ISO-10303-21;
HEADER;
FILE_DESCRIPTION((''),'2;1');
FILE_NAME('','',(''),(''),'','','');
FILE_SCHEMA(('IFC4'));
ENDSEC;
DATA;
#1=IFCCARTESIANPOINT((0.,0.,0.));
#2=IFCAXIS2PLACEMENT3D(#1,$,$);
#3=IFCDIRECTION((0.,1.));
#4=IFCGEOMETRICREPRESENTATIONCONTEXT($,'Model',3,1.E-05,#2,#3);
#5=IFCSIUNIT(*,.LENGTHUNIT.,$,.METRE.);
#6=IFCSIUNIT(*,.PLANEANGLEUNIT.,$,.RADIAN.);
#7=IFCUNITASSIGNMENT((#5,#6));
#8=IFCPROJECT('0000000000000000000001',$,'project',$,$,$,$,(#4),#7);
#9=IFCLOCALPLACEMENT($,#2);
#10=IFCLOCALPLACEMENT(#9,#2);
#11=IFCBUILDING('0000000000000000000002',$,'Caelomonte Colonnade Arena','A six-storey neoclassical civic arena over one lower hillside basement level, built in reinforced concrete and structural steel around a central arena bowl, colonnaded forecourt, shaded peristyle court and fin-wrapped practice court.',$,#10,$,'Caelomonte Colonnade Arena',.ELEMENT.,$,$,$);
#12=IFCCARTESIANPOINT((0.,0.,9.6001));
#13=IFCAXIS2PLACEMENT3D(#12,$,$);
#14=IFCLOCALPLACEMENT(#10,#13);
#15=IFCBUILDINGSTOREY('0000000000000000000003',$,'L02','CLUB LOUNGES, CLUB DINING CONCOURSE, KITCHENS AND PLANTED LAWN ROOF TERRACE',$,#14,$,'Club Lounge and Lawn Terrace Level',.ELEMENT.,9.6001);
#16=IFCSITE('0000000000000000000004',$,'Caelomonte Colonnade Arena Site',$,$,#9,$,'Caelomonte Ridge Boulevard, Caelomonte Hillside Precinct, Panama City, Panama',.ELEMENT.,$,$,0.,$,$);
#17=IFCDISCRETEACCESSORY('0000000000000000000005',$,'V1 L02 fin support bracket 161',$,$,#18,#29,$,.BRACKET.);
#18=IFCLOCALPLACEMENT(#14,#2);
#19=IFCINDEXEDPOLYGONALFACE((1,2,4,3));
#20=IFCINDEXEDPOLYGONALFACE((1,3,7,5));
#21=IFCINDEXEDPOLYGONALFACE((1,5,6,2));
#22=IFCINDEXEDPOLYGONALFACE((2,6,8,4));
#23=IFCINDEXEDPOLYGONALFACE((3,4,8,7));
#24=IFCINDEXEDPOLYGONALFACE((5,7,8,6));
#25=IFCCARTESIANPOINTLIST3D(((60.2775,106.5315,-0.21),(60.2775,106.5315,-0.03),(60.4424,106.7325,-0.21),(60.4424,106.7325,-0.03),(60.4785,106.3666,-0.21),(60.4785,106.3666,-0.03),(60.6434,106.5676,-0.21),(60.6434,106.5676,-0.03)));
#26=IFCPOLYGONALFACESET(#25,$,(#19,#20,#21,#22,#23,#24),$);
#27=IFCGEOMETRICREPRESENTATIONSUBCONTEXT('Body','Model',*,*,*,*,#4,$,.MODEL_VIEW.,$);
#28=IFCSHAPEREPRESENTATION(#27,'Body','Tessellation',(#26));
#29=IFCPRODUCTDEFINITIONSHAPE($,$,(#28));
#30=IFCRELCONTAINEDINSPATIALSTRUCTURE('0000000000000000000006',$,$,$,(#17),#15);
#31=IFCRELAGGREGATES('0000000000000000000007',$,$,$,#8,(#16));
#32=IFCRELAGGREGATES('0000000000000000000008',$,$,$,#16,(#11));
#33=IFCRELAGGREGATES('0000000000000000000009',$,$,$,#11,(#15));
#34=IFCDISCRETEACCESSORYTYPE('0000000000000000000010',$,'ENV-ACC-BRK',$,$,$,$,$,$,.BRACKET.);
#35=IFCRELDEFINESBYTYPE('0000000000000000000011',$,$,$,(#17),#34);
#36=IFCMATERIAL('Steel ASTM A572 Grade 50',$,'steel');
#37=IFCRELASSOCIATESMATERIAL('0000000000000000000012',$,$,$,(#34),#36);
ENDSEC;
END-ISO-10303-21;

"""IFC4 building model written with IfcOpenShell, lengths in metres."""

from ifc_helpers import new_model, si_unit, direction, frame, origin, origin_2d, place, context, subcontext, project, spatial, rectangle, extrude, material, type_object, element, save


model = new_model("IFC4")

# Units and contexts
model_context = context("Model", 3, precision=1e-05, world=origin(), true_north=direction((0.0, 1.0)))
body_context = subcontext(model_context, "Body", "Model", "MODEL_VIEW")
ifc_project = project(units=[si_unit("LENGTHUNIT", "METRE"), si_unit("PLANEANGLEUNIT", "RADIAN")], contexts=[model_context])

# Site, building, storey
site_placement = place(None, origin())
site = spatial("IfcSite", under=ifc_project, at=site_placement, Name="Caelomonte Colonnade Arena Site", LongName="Caelomonte Ridge Boulevard, Caelomonte Hillside Precinct, Panama City, Panama", CompositionType="ELEMENT", RefElevation=0.0)
building_placement = place(site_placement, origin())
building = spatial("IfcBuilding", under=site, at=building_placement, Name="Caelomonte Colonnade Arena", Description="A six-storey neoclassical civic arena over one lower hillside basement level, built in reinforced concrete and structural steel around a central arena bowl, colonnaded forecourt, shaded peristyle court and fin-wrapped practice court.", LongName="Caelomonte Colonnade Arena", CompositionType="ELEMENT")
storey_placement = place(building_placement, frame((0.0, 0.0, 9.6001)))
storey = spatial("IfcBuildingStorey", under=building, at=storey_placement, Name="L02", Description="CLUB LOUNGES, CLUB DINING CONCOURSE, KITCHENS AND PLANTED LAWN ROOF TERRACE", LongName="Club Lounge and Lawn Terrace Level", CompositionType="ELEMENT", Elevation=9.6001)

# Discrete accessory
ifc_material_1 = material(Name="Steel ASTM A572 Grade 50", Category="steel")
discrete_accessory_type = type_object("IfcDiscreteAccessoryType", Name="ENV-ACC-BRK", PredefinedType="BRACKET", material=ifc_material_1)
for number, where, z_axis, x_axis, name in (
    (1, (60.4604, 106.5496, -0.21), (0.0, 0.0, 1.0), (-0.634414, -0.772994, 0.0), "V1 L02 fin support bracket 161"),
):
    element("IfcDiscreteAccessory", number, at=place(storey_placement, frame(where, z_axis=z_axis, x_axis=x_axis)), inside=storey, type_object=discrete_accessory_type, Name=name, PredefinedType="BRACKET", context=body_context, shape_type="SweptSolid", body=[
        extrude(rectangle(XDim=0.26, YDim=0.26, at=origin_2d()), origin(), (0.0, 0.0, 1.0), 0.1799),
    ])

save(model, "model.ifc")
